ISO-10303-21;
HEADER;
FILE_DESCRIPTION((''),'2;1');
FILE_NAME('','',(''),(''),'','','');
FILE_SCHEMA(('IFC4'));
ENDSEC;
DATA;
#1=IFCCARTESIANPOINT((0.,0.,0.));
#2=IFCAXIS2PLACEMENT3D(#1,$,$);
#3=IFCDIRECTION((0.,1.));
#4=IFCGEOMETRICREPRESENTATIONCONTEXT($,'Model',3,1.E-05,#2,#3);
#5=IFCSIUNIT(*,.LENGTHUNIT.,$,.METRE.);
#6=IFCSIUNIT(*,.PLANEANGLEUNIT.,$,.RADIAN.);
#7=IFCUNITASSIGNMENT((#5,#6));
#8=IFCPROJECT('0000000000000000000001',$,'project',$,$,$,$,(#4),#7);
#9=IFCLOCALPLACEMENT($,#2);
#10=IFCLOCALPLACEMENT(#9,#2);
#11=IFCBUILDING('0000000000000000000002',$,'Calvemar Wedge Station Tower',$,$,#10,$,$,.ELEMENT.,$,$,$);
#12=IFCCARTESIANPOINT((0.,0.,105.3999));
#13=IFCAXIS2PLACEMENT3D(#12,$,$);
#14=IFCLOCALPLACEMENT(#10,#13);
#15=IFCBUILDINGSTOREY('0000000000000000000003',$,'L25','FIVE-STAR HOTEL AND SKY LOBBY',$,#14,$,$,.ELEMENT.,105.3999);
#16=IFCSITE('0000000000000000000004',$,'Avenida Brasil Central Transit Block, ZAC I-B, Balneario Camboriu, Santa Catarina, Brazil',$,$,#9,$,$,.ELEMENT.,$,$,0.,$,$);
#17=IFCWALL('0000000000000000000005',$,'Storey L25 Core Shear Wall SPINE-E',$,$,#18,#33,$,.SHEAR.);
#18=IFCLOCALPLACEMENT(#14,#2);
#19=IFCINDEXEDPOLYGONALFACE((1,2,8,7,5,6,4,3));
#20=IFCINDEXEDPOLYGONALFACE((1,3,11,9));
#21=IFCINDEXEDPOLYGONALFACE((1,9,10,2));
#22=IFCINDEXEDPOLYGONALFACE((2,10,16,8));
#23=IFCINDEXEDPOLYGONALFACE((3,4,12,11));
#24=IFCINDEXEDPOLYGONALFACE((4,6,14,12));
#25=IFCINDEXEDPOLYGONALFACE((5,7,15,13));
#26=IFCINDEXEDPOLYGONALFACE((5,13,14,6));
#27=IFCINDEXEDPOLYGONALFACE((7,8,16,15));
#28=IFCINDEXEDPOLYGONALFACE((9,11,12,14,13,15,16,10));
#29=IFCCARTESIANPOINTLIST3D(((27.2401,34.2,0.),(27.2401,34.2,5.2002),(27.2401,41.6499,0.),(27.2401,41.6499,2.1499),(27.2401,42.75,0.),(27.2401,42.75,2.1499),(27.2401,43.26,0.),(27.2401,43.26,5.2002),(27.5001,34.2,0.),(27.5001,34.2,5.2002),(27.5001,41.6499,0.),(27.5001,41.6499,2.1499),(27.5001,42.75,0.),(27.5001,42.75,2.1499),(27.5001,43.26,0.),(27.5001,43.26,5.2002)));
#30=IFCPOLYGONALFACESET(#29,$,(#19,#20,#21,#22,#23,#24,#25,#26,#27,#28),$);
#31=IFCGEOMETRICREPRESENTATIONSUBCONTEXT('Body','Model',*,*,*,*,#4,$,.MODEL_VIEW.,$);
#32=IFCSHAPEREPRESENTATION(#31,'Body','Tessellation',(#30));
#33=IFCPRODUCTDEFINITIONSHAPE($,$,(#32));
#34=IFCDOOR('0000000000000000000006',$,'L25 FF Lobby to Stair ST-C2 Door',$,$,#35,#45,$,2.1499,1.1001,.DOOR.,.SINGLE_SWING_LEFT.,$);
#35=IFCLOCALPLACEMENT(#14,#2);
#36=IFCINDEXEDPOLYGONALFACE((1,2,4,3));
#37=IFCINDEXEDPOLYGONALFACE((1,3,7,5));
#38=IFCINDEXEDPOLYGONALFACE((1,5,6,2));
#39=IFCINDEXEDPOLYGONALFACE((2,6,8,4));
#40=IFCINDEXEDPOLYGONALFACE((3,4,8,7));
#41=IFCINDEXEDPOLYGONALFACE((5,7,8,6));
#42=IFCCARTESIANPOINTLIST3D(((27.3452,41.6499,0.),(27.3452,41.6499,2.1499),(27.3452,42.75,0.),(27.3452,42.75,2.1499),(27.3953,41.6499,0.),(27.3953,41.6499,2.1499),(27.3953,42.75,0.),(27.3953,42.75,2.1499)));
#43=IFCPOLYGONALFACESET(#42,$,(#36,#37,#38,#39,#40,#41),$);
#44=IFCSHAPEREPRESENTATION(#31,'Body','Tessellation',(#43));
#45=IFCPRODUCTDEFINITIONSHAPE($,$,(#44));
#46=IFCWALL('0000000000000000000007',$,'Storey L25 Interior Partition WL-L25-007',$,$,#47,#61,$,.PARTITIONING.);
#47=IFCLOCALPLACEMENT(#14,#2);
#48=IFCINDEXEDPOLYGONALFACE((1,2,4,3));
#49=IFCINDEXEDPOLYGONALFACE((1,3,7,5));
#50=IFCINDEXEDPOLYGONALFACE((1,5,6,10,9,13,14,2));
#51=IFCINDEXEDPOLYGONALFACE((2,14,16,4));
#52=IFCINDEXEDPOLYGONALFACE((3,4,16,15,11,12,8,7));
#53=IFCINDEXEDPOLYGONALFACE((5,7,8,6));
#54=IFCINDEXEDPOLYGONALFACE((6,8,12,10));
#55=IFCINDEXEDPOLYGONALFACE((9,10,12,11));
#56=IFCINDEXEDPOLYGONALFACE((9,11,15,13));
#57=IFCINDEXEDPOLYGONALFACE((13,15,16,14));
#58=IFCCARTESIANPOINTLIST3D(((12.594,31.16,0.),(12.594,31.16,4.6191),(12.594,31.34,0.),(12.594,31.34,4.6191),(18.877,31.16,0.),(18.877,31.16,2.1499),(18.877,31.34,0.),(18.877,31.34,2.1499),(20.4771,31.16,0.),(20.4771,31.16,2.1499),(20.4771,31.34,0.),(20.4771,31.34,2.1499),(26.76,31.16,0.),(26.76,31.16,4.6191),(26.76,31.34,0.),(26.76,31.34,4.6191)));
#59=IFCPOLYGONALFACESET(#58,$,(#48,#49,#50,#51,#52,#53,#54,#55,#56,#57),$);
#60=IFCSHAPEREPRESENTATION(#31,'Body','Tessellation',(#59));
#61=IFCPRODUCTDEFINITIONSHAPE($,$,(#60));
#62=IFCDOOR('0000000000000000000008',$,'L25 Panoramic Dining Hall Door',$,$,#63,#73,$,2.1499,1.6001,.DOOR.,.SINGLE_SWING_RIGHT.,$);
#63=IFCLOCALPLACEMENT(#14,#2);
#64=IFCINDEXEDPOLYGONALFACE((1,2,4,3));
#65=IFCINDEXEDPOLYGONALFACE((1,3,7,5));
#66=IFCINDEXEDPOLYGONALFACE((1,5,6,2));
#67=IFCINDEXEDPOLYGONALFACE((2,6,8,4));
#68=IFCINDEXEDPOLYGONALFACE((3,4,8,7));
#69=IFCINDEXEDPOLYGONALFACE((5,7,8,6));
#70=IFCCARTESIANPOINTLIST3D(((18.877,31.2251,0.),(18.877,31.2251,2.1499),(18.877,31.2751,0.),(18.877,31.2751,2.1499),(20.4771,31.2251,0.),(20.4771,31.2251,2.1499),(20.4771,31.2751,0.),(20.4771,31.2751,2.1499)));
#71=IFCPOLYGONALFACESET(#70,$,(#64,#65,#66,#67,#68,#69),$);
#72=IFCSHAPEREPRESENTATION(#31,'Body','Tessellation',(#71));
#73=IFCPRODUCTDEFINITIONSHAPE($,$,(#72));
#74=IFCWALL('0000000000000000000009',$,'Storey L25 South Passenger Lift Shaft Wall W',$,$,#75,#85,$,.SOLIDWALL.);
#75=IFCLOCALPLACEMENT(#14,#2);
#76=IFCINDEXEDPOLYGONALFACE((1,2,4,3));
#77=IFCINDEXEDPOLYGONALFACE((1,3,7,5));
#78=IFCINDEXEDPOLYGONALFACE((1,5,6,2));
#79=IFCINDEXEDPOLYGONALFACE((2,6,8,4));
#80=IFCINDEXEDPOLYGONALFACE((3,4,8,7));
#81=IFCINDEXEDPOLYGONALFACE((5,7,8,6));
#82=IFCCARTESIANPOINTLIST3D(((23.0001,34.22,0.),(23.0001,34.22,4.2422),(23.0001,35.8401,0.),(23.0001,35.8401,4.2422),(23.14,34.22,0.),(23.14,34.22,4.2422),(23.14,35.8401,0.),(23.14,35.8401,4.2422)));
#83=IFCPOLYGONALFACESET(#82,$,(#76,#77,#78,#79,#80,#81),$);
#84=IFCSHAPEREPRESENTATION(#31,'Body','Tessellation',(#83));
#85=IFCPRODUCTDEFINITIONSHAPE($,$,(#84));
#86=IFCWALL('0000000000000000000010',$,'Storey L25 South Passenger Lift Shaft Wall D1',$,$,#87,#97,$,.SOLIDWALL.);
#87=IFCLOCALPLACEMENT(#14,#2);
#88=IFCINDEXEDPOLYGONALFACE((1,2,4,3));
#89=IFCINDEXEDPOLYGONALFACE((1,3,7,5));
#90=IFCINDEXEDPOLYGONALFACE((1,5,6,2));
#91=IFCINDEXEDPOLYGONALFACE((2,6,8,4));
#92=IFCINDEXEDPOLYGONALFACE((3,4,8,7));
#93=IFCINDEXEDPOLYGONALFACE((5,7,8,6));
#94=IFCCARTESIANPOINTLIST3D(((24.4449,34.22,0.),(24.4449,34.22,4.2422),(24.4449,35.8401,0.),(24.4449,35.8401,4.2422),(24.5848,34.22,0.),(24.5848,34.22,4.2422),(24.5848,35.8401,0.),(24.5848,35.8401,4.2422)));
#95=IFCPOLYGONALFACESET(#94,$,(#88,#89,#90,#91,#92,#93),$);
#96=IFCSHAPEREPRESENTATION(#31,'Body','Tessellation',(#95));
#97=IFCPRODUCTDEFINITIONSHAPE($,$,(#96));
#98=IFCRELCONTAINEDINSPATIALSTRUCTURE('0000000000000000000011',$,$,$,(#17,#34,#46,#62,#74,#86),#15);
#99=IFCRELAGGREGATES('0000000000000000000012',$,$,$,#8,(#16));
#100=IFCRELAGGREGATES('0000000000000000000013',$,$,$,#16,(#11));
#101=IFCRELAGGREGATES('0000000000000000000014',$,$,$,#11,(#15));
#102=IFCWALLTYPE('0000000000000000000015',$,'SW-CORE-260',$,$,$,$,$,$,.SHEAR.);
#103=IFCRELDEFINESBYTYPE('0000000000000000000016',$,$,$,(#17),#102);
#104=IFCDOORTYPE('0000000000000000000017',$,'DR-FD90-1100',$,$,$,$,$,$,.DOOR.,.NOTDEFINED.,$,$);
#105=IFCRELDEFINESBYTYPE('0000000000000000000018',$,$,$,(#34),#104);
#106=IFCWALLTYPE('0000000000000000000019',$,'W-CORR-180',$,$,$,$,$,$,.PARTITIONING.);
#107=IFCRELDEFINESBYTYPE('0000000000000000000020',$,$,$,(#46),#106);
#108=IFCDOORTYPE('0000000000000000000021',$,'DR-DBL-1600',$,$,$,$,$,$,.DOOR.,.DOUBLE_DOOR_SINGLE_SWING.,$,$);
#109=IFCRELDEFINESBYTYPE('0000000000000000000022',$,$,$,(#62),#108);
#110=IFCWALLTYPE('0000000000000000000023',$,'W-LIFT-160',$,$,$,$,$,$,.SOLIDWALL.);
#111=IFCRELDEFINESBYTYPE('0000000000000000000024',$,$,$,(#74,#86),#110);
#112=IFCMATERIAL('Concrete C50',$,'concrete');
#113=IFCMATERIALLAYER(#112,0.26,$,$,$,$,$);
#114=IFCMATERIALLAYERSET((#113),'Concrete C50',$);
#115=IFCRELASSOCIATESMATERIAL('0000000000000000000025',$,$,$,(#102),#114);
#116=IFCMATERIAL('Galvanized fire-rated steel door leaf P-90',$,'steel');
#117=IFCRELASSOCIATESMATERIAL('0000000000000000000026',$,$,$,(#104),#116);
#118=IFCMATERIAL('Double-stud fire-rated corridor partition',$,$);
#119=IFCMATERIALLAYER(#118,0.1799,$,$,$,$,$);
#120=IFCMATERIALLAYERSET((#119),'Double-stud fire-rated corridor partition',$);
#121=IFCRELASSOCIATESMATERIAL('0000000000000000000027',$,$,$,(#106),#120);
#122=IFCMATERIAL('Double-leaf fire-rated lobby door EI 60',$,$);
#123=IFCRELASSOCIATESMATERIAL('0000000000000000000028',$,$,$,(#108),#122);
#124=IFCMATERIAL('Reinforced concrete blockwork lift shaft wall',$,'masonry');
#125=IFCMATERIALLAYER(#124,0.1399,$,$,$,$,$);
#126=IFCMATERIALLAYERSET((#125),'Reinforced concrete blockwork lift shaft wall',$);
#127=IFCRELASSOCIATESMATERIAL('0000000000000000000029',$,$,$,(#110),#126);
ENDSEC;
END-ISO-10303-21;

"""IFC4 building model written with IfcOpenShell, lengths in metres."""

from ifc_helpers import new_model, si_unit, direction, frame, frame_2d, origin, place, context, subcontext, project, spatial, rectangle, extrude, source, transform, mapped, material, layer, layer_set, type_object, element, fill, save


model = new_model("IFC4")

# Units and contexts
model_context = context("Model", 3, precision=1e-05, world=origin(), true_north=direction((0.0, 1.0)))
body_context = subcontext(model_context, "Body", "Model", "MODEL_VIEW")
ifc_project = project(units=[si_unit("LENGTHUNIT", "METRE"), si_unit("PLANEANGLEUNIT", "RADIAN")], contexts=[model_context])

# Site, building, storey
site_placement = place(None, origin())
site = spatial("IfcSite", under=ifc_project, at=site_placement, Name="Avenida Brasil Central Transit Block, ZAC I-B, Balneario Camboriu, Santa Catarina, Brazil", CompositionType="ELEMENT", RefElevation=0.0)
building_placement = place(site_placement, origin())
building = spatial("IfcBuilding", under=site, at=building_placement, Name="Calvemar Wedge Station Tower", CompositionType="ELEMENT")
storey_placement = place(building_placement, frame((0.0, 0.0, 105.3999)))
storey = spatial("IfcBuildingStorey", under=building, at=storey_placement, Name="L25", Description="FIVE-STAR HOTEL AND SKY LOBBY", CompositionType="ELEMENT", Elevation=105.3999)

# Walls, openings, doors
ifc_material_1 = material(Name="Concrete C50", Category="concrete")
ifc_layer_1 = layer(ifc_material_1, 0.26)
ifc_layer_set_1 = layer_set([ifc_layer_1], Name="Concrete C50")
wall_type_1 = type_object("IfcWallType", Name="SW-CORE-260", PredefinedType="SHEAR", material=ifc_layer_set_1)
shared_shape_1 = source(origin(), body_context, "Body", "SweptSolid", [
    extrude(rectangle(XDim=1.1001, YDim=2.1499, at=frame_2d((0.55, 1.075))), frame((0.0, 0.1401, 0.0), z_axis=(0.0, -1.0, 0.0), x_axis=(1.0, 0.0, 0.0)), (0.0, 0.0, 1.0), 0.28),
])
ifc_material_2 = material(Name="Galvanized fire-rated steel door leaf P-90", Category="steel")
door_type_1 = type_object("IfcDoorType", Name="DR-FD90-1100", OperationType="NOTDEFINED", PredefinedType="DOOR", material=ifc_material_2)
shared_shape_2 = source(origin(), body_context, "Body", "SweptSolid", [
    extrude(rectangle(XDim=1.1001, YDim=2.1499, at=frame_2d((0.55, 1.075))), frame((0.0, 0.0249, 0.0), z_axis=(0.0, -1.0, 0.0), x_axis=(1.0, 0.0, 0.0)), (0.0, 0.0, 1.0), 0.05),
])
wall_1_placement = place(storey_placement, frame((27.3701, 34.2, 0.0), z_axis=(0.0, 0.0, 1.0), x_axis=(0.0, 1.0, 0.0)))
wall_1 = element("IfcWall", 1, at=wall_1_placement, inside=storey, type_object=wall_type_1, Name="Storey L25 Core Shear Wall SPINE-E", PredefinedType="SHEAR", context=body_context, shape_type="SweptSolid", body=[
    extrude(rectangle(XDim=9.0601, YDim=0.26, at=frame_2d((4.53, 0.0))), origin(), (0.0, 0.0, 1.0), 5.2002),
])
opening_1_placement = place(wall_1_placement, frame((7.45, 0.0, 0.0)))
opening_1 = element("IfcOpeningElement", 2, at=opening_1_placement, cuts=wall_1, PredefinedType="OPENING", context=body_context, shape_type="MappedRepresentation", body=[
    mapped(shared_shape_1, transform((0.0, 0.0, 0.0), scale=1.0)),
])
door_1_placement = place(opening_1_placement, origin())
door_1 = element("IfcDoor", 3, at=door_1_placement, inside=storey, type_object=door_type_1, Name="L25 FF Lobby to Stair ST-C2 Door", OperationType="SINGLE_SWING_LEFT", OverallHeight=2.1499, OverallWidth=1.1001, PredefinedType="DOOR", context=body_context, shape_type="MappedRepresentation", body=[
    mapped(shared_shape_2, transform((0.0, 0.0, 0.0), scale=1.0)),
])
fill(opening_1, door_1)
ifc_material_3 = material(Name="Double-stud fire-rated corridor partition")
ifc_layer_2 = layer(ifc_material_3, 0.1799)
ifc_layer_set_2 = layer_set([ifc_layer_2], Name="Double-stud fire-rated corridor partition")
wall_type_2 = type_object("IfcWallType", Name="W-CORR-180", PredefinedType="PARTITIONING", material=ifc_layer_set_2)
wall_2_placement = place(storey_placement, frame((26.76, 31.25, 0.0), z_axis=(0.0, 0.0, 1.0), x_axis=(-1.0, 0.0, 0.0)))
wall_2 = element("IfcWall", 4, at=wall_2_placement, inside=storey, type_object=wall_type_2, Name="Storey L25 Interior Partition WL-L25-007", PredefinedType="PARTITIONING", context=body_context, shape_type="SweptSolid", body=[
    extrude(rectangle(XDim=14.166, YDim=0.1799, at=frame_2d((7.083, 0.0))), origin(), (0.0, 0.0, 1.0), 4.6191),
])
shared_shape_3 = source(origin(), body_context, "Body", "SweptSolid", [
    extrude(rectangle(XDim=1.6001, YDim=2.1499, at=frame_2d((0.8, 1.075))), frame((0.0, 0.1001, 0.0), z_axis=(0.0, -1.0, 0.0), x_axis=(1.0, 0.0, 0.0)), (0.0, 0.0, 1.0), 0.2),
])
opening_2_placement = place(wall_2_placement, frame((6.283, 0.0, 0.0)))
opening_2 = element("IfcOpeningElement", 5, at=opening_2_placement, cuts=wall_2, PredefinedType="OPENING", context=body_context, shape_type="MappedRepresentation", body=[
    mapped(shared_shape_3, transform((0.0, 0.0, 0.0), scale=1.0)),
])
ifc_material_4 = material(Name="Double-leaf fire-rated lobby door EI 60")
door_type_2 = type_object("IfcDoorType", Name="DR-DBL-1600", OperationType="DOUBLE_DOOR_SINGLE_SWING", PredefinedType="DOOR", material=ifc_material_4)
shared_shape_4 = source(origin(), body_context, "Body", "SweptSolid", [
    extrude(rectangle(XDim=1.6001, YDim=2.1499, at=frame_2d((0.8, 1.075))), frame((0.0, 0.0249, 0.0), z_axis=(0.0, -1.0, 0.0), x_axis=(1.0, 0.0, 0.0)), (0.0, 0.0, 1.0), 0.05),
])
door_2_placement = place(opening_2_placement, origin())
door_2 = element("IfcDoor", 6, at=door_2_placement, inside=storey, type_object=door_type_2, Name="L25 Panoramic Dining Hall Door", OperationType="SINGLE_SWING_RIGHT", OverallHeight=2.1499, OverallWidth=1.6001, PredefinedType="DOOR", context=body_context, shape_type="MappedRepresentation", body=[
    mapped(shared_shape_4, transform((0.0, 0.0, 0.0), scale=1.0)),
])
fill(opening_2, door_2)

# Walls
ifc_material_5 = material(Name="Reinforced concrete blockwork lift shaft wall", Category="masonry")
ifc_layer_3 = layer(ifc_material_5, 0.1399)
ifc_layer_set_3 = layer_set([ifc_layer_3], Name="Reinforced concrete blockwork lift shaft wall")
wall_type_3 = type_object("IfcWallType", Name="W-LIFT-160", PredefinedType="SOLIDWALL", material=ifc_layer_set_3)
for number, where, z_axis, x_axis, name in (
    (7, (23.0701, 34.22, 0.0), (0.0, 0.0, 1.0), (0.0, 1.0, 0.0), "Storey L25 South Passenger Lift Shaft Wall W"),
    (8, (24.5149, 34.22, 0.0), (0.0, 0.0, 1.0), (0.0, 1.0, 0.0), "Storey L25 South Passenger Lift Shaft Wall D1"),
):
    element("IfcWall", number, at=place(storey_placement, frame(where, z_axis=z_axis, x_axis=x_axis)), inside=storey, type_object=wall_type_3, Name=name, PredefinedType="SOLIDWALL", context=body_context, shape_type="SweptSolid", body=[
        extrude(rectangle(XDim=1.6201, YDim=0.1399, at=frame_2d((0.8101, 0.0))), origin(), (0.0, 0.0, 1.0), 4.2422),
    ])

save(model, "model.ifc")
